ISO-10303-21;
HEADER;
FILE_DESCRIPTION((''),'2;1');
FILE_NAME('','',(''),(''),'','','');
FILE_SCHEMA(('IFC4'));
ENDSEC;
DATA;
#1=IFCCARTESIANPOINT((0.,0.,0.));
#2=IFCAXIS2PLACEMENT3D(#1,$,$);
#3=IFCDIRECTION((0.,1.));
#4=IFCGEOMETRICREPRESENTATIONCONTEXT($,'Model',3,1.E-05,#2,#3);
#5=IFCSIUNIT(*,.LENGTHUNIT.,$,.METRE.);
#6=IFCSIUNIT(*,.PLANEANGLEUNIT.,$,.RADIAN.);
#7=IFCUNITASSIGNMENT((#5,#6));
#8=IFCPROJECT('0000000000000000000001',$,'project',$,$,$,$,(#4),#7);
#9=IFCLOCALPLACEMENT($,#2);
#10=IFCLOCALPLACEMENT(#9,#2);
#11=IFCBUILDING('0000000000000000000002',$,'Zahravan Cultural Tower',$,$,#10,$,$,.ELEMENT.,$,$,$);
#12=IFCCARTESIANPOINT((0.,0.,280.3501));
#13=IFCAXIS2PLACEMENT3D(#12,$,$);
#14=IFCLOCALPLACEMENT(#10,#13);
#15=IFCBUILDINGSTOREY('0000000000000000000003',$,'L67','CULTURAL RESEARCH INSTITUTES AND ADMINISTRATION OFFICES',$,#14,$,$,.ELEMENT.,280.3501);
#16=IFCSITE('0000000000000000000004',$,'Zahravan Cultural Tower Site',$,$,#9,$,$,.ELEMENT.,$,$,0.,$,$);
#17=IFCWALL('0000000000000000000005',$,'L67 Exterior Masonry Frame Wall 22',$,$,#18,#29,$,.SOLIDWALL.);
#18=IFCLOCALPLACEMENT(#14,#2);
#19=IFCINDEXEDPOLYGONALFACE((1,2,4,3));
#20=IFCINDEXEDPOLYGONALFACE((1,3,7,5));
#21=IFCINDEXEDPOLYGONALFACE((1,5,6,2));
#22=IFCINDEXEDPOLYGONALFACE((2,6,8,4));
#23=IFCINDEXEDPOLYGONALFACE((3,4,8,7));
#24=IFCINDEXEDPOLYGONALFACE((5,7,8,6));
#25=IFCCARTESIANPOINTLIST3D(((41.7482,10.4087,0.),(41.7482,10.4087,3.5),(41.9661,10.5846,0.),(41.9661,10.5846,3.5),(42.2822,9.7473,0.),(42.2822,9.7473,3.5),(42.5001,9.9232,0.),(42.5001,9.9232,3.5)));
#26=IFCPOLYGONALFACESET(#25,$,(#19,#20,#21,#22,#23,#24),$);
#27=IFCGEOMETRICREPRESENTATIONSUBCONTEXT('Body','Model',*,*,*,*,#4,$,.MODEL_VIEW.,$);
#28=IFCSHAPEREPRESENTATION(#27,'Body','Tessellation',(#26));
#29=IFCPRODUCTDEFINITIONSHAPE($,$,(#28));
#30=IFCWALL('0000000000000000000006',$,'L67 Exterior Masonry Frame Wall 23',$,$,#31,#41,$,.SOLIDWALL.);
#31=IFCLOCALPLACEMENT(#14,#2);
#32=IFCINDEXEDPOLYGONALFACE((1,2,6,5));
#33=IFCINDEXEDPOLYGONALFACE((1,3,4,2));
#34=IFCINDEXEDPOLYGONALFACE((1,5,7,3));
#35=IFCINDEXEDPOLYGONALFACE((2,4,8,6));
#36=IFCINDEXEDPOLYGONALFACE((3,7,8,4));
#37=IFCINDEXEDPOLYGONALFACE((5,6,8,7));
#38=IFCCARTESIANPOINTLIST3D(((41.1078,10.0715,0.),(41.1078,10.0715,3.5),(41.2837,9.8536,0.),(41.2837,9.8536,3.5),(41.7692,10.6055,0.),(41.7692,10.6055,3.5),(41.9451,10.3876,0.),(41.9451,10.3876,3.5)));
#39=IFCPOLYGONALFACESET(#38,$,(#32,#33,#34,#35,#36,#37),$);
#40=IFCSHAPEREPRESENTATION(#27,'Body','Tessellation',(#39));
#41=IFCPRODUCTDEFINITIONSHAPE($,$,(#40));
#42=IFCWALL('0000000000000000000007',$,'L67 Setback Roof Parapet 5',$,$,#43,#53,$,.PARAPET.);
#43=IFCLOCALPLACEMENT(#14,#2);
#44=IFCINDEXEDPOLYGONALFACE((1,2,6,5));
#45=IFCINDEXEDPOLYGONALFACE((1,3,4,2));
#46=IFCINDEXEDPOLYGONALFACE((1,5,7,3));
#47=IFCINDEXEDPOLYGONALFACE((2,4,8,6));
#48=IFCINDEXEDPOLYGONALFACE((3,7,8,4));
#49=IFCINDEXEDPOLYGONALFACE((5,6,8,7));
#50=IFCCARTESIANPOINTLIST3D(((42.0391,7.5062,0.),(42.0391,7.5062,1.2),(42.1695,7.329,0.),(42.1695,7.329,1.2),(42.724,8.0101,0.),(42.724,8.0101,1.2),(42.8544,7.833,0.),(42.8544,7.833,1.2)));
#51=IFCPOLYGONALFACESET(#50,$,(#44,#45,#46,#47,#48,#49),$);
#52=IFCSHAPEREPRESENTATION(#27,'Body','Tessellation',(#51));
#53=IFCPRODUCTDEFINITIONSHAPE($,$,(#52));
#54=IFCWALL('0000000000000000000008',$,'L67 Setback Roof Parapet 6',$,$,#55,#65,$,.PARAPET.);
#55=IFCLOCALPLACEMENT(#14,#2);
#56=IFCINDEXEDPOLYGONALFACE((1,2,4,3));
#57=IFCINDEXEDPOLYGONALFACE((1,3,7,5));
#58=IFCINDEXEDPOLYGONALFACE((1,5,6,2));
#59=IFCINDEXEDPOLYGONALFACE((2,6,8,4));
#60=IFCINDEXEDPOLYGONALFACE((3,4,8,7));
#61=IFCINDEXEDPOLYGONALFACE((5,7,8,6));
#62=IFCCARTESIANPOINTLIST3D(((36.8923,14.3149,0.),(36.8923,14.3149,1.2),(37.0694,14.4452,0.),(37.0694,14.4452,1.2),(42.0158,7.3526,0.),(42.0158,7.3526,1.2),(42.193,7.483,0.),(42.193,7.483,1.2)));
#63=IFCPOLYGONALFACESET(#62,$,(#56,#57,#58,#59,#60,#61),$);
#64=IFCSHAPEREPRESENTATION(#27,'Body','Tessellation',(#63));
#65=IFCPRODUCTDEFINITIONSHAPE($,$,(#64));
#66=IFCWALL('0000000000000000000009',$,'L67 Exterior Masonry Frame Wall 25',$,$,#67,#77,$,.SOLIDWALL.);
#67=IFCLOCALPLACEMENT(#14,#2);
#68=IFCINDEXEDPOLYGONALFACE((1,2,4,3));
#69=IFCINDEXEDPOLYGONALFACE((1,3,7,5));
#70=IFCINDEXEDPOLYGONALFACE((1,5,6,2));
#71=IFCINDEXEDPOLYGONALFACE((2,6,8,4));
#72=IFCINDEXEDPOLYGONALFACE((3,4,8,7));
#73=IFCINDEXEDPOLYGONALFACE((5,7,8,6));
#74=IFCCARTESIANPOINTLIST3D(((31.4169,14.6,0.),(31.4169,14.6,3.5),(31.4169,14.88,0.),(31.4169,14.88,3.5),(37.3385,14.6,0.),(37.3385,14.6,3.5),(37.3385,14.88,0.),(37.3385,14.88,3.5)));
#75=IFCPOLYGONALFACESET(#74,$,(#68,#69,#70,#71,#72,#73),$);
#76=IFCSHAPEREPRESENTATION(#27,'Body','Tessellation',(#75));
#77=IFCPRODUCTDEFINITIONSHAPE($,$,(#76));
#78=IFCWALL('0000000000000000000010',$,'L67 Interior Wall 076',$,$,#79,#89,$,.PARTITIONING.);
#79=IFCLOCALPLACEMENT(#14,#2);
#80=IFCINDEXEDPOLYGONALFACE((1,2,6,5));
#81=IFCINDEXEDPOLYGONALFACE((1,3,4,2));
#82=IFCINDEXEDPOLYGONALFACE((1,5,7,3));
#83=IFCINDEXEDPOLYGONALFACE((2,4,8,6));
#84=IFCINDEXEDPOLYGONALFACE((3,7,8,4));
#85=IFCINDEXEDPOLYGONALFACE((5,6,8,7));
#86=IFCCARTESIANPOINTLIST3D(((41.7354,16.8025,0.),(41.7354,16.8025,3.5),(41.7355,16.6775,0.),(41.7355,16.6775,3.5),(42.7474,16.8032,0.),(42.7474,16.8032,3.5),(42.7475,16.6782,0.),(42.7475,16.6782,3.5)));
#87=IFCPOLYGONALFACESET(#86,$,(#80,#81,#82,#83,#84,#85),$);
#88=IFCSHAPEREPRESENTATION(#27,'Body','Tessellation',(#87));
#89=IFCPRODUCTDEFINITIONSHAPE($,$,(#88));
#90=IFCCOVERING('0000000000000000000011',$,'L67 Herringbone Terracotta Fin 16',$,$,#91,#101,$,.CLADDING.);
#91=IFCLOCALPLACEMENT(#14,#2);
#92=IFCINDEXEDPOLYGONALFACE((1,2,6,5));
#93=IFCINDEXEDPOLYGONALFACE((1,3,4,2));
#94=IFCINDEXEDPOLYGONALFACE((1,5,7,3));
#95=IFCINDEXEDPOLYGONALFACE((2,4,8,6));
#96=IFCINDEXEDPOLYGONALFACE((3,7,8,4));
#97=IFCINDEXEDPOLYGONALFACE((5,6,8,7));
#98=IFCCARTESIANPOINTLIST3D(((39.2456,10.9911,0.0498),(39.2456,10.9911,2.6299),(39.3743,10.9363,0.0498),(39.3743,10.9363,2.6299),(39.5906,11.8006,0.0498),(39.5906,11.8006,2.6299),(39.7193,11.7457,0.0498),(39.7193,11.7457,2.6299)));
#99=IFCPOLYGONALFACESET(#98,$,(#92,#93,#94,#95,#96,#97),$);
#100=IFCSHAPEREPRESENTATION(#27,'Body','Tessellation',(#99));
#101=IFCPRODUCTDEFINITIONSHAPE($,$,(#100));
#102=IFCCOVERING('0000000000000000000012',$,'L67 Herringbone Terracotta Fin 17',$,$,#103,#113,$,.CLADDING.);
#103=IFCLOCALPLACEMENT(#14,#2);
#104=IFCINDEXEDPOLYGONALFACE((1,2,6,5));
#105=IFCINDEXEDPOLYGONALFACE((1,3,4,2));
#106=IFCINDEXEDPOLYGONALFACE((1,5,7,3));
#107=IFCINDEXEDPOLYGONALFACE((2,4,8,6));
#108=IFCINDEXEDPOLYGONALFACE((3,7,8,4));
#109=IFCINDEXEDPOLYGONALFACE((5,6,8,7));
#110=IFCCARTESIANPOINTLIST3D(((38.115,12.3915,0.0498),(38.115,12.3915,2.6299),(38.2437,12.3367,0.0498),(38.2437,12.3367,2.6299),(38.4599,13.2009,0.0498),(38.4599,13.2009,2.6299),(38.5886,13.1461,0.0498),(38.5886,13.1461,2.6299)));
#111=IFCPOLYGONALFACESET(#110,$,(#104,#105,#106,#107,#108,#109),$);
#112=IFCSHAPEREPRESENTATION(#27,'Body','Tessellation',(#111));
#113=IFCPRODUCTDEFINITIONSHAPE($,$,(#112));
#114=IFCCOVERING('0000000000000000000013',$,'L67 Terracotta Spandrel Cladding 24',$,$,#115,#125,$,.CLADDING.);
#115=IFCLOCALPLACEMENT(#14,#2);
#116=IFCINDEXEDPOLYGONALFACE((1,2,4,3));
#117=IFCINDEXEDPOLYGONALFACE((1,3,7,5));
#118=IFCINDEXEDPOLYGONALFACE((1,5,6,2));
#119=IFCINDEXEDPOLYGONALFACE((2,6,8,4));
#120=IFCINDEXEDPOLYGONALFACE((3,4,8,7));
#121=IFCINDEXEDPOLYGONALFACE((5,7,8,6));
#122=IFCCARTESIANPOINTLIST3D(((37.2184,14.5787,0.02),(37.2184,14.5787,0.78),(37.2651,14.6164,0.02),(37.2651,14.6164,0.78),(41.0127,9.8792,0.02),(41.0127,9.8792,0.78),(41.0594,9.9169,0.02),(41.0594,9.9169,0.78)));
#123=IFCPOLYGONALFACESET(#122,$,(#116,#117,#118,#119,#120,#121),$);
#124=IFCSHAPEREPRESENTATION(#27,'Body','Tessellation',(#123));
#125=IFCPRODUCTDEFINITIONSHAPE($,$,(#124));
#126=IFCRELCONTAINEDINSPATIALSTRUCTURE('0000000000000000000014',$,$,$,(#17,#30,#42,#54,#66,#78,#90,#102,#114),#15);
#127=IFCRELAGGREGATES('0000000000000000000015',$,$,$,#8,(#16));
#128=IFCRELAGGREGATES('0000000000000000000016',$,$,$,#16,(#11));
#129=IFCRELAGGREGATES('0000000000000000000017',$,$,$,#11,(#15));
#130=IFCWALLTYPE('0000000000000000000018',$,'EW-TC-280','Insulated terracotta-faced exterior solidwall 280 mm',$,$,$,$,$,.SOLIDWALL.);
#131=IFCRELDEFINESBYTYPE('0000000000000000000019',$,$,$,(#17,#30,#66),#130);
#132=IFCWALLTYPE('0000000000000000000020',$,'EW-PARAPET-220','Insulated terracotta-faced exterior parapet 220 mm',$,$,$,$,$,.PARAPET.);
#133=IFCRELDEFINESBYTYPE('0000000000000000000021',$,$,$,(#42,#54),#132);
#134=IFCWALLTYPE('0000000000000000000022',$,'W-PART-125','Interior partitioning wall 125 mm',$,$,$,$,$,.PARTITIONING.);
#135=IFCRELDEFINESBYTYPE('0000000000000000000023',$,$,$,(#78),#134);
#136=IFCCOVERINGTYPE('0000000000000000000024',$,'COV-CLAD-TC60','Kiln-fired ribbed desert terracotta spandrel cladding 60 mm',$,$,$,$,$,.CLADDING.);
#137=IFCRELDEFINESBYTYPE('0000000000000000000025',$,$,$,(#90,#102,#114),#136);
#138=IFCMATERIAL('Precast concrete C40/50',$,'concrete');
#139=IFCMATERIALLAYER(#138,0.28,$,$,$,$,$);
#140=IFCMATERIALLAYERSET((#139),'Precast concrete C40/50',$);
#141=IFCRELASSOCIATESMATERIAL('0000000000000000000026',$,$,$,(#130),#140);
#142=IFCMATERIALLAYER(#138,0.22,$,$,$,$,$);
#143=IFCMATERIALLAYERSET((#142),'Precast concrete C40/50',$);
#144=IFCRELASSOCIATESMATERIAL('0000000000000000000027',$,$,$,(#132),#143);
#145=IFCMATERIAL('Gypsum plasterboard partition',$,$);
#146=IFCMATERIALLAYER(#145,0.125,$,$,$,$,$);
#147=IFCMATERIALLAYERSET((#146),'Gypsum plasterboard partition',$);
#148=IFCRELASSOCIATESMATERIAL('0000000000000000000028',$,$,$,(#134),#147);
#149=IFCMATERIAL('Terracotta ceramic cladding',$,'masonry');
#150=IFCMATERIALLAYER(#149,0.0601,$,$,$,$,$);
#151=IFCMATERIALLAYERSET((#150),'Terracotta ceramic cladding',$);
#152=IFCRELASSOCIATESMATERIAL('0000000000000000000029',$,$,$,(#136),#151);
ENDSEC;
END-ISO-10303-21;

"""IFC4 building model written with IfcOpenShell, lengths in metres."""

from ifc_helpers import new_model, si_unit, direction, frame, frame_2d, origin, origin_2d, place, context, subcontext, project, spatial, rectangle, extrude, source, transform, mapped, material, layer, layer_set, type_object, element, save


model = new_model("IFC4")

# Units and contexts
model_context = context("Model", 3, precision=1e-05, world=origin(), true_north=direction((0.0, 1.0)))
body_context = subcontext(model_context, "Body", "Model", "MODEL_VIEW")
ifc_project = project(units=[si_unit("LENGTHUNIT", "METRE"), si_unit("PLANEANGLEUNIT", "RADIAN")], contexts=[model_context])

# Site, building, storey
site_placement = place(None, origin())
site = spatial("IfcSite", under=ifc_project, at=site_placement, Name="Zahravan Cultural Tower Site", CompositionType="ELEMENT", RefElevation=0.0)
building_placement = place(site_placement, origin())
building = spatial("IfcBuilding", under=site, at=building_placement, Name="Zahravan Cultural Tower", CompositionType="ELEMENT")
storey_placement = place(building_placement, frame((0.0, 0.0, 280.3501)))
storey = spatial("IfcBuildingStorey", under=building, at=storey_placement, Name="L67", Description="CULTURAL RESEARCH INSTITUTES AND ADMINISTRATION OFFICES", CompositionType="ELEMENT", Elevation=280.3501)

# Shared definitions
ifc_material_1 = material(Name="Precast concrete C40/50", Category="concrete")
ifc_layer_1 = layer(ifc_material_1, 0.28)
ifc_layer_set_1 = layer_set([ifc_layer_1], Name="Precast concrete C40/50")
wall_type_1 = type_object("IfcWallType", Name="EW-TC-280", Description="Insulated terracotta-faced exterior solidwall 280 mm", PredefinedType="SOLIDWALL", material=ifc_layer_set_1)

# Walls
ifc_layer_2 = layer(ifc_material_1, 0.22)
ifc_layer_set_2 = layer_set([ifc_layer_2], Name="Precast concrete C40/50")
wall_type_2 = type_object("IfcWallType", Name="EW-PARAPET-220", Description="Insulated terracotta-faced exterior parapet 220 mm", PredefinedType="PARAPET", material=ifc_layer_set_2)
shared_shape_1 = source(origin(), body_context, "Body", "SweptSolid", [
    extrude(rectangle(XDim=0.8501, YDim=0.28, at=frame_2d((0.425, 0.0))), origin(), (0.0, 0.0, 1.0), 3.5),
])
for number, where, z_axis, x_axis, name in (
    (1, (42.3911, 9.8352, 0.0), (0.0, 0.0, 1.0), (-0.628157, 0.778087, 0.0), "L67 Exterior Masonry Frame Wall 22"),
    (2, (41.8572, 10.4966, 0.0), (0.0, 0.0, 1.0), (-0.778087, -0.628157, 0.0), "L67 Exterior Masonry Frame Wall 23"),
):
    element("IfcWall", number, at=place(storey_placement, frame(where, z_axis=z_axis, x_axis=x_axis)), inside=storey, type_object=wall_type_1, Name=name, PredefinedType="SOLIDWALL", context=body_context, shape_type="MappedRepresentation", body=[
        mapped(shared_shape_1, transform((0.0, 0.0, 0.0), x_axis=(1.0, 0.0, 0.0), y_axis=(0.0, 1.0, 0.0), z_axis=(0.0, 0.0, 1.0), scale=1.0)),
    ])
shared_shape_2 = source(origin(), body_context, "Body", "SweptSolid", [
    extrude(rectangle(XDim=0.8503, YDim=0.22, at=frame_2d((0.4253, 0.0))), origin(), (0.0, 0.0, 1.0), 1.2),
])
wall_1_placement = place(storey_placement, frame((42.7893, 7.9216, 0.0), z_axis=(0.0, 0.0, 1.0), x_axis=(-0.805445, -0.59267, 0.0)))
element("IfcWall", 3, at=wall_1_placement, inside=storey, type_object=wall_type_2, Name="L67 Setback Roof Parapet 5", PredefinedType="PARAPET", context=body_context, shape_type="MappedRepresentation", body=[
    mapped(shared_shape_2, transform((0.0, 0.0, 0.0), x_axis=(1.0, 0.0, 0.0), y_axis=(0.0, 1.0, 0.0), z_axis=(0.0, 0.0, 1.0), scale=1.0)),
])
shared_shape_3 = source(origin(), body_context, "Body", "SweptSolid", [
    extrude(rectangle(XDim=8.6443, YDim=0.22, at=frame_2d((4.3223, 0.0))), origin(), (0.0, 0.0, 1.0), 1.2),
])
wall_2_placement = place(storey_placement, frame((42.1045, 7.4177, 0.0), z_axis=(0.0, 0.0, 1.0), x_axis=(-0.592713, 0.805413, 0.0)))
element("IfcWall", 4, at=wall_2_placement, inside=storey, type_object=wall_type_2, Name="L67 Setback Roof Parapet 6", PredefinedType="PARAPET", context=body_context, shape_type="MappedRepresentation", body=[
    mapped(shared_shape_3, transform((0.0, 0.0, 0.0), x_axis=(1.0, 0.0, 0.0), y_axis=(0.0, 1.0, 0.0), z_axis=(0.0, 0.0, 1.0), scale=1.0)),
])
shared_shape_4 = source(origin(), body_context, "Body", "SweptSolid", [
    extrude(rectangle(XDim=5.9216, YDim=0.28, at=frame_2d((2.9609, 0.0))), origin(), (0.0, 0.0, 1.0), 3.5),
])
wall_3_placement = place(storey_placement, frame((37.3386, 14.74, 0.0), z_axis=(0.0, 0.0, 1.0), x_axis=(-1.0, 0.0, 0.0)))
element("IfcWall", 5, at=wall_3_placement, inside=storey, type_object=wall_type_1, Name="L67 Exterior Masonry Frame Wall 25", PredefinedType="SOLIDWALL", context=body_context, shape_type="MappedRepresentation", body=[
    mapped(shared_shape_4, transform((0.0, 0.0, 0.0), x_axis=(1.0, 0.0, 0.0), y_axis=(0.0, 1.0, 0.0), z_axis=(0.0, 0.0, 1.0), scale=1.0)),
])
ifc_material_2 = material(Name="Gypsum plasterboard partition")
ifc_layer_3 = layer(ifc_material_2, 0.125)
ifc_layer_set_3 = layer_set([ifc_layer_3], Name="Gypsum plasterboard partition")
wall_type_3 = type_object("IfcWallType", Name="W-PART-125", Description="Interior partitioning wall 125 mm", PredefinedType="PARTITIONING", material=ifc_layer_set_3)
shared_shape_5 = source(origin(), body_context, "Body", "SweptSolid", [
    extrude(rectangle(XDim=1.012, YDim=0.125, at=frame_2d((0.5059, 0.0))), origin(), (0.0, 0.0, 1.0), 3.5),
])
wall_4_placement = place(storey_placement, frame((41.7356, 16.74, 0.0), z_axis=(0.0, 0.0, 1.0), x_axis=(1.0, 0.000724, 0.0)))
element("IfcWall", 6, at=wall_4_placement, inside=storey, type_object=wall_type_3, Name="L67 Interior Wall 076", PredefinedType="PARTITIONING", context=body_context, shape_type="MappedRepresentation", body=[
    mapped(shared_shape_5, transform((0.0, 0.0, 0.0), x_axis=(1.0, 0.0, 0.0), y_axis=(0.0, 1.0, 0.0), z_axis=(0.0, 0.0, 1.0), scale=1.0)),
])

# Coverings
ifc_material_3 = material(Name="Terracotta ceramic cladding", Category="masonry")
ifc_layer_4 = layer(ifc_material_3, 0.0601)
ifc_layer_set_4 = layer_set([ifc_layer_4], Name="Terracotta ceramic cladding")
covering_type = type_object("IfcCoveringType", Name="COV-CLAD-TC60", Description="Kiln-fired ribbed desert terracotta spandrel cladding 60 mm", PredefinedType="CLADDING", material=ifc_layer_set_4)
shared_shape_6 = source(origin(), body_context, "Body", "SweptSolid", [
    extrude(rectangle(XDim=0.8799, YDim=0.1399, at=origin_2d()), origin(), (0.0, 0.0, 1.0), 2.5801),
])
for number, where, z_axis, x_axis, name in (
    (7, (39.4824, 11.3684, 0.0498), (0.0, 0.0, 1.0), (-0.392064, -0.919938, 0.0), "L67 Herringbone Terracotta Fin 16"),
    (8, (38.3518, 12.7688, 0.0498), (0.0, 0.0, 1.0), (-0.392064, -0.919938, 0.0), "L67 Herringbone Terracotta Fin 17"),
):
    element("IfcCovering", number, at=place(storey_placement, frame(where, z_axis=z_axis, x_axis=x_axis)), inside=storey, type_object=covering_type, Name=name, PredefinedType="CLADDING", context=body_context, shape_type="MappedRepresentation", body=[
        mapped(shared_shape_6, transform((0.0, 0.0, 0.0), x_axis=(1.0, 0.0, 0.0), y_axis=(0.0, 1.0, 0.0), z_axis=(0.0, 0.0, 1.0), scale=1.0)),
    ])
shared_shape_7 = source(origin(), body_context, "Body", "SweptSolid", [
    extrude(rectangle(XDim=6.04, YDim=0.0601, at=origin_2d()), origin(), (0.0, 0.0, 1.0), 0.76),
])
covering_placement = place(storey_placement, frame((39.1389, 12.2478, 0.02), z_axis=(0.0, 0.0, 1.0), x_axis=(-0.628194, 0.778057, 0.0)))
element("IfcCovering", 9, at=covering_placement, inside=storey, type_object=covering_type, Name="L67 Terracotta Spandrel Cladding 24", PredefinedType="CLADDING", context=body_context, shape_type="MappedRepresentation", body=[
    mapped(shared_shape_7, transform((0.0, 0.0, 0.0), x_axis=(1.0, 0.0, 0.0), y_axis=(0.0, 1.0, 0.0), z_axis=(0.0, 0.0, 1.0), scale=1.0)),
])

save(model, "model.ifc")
